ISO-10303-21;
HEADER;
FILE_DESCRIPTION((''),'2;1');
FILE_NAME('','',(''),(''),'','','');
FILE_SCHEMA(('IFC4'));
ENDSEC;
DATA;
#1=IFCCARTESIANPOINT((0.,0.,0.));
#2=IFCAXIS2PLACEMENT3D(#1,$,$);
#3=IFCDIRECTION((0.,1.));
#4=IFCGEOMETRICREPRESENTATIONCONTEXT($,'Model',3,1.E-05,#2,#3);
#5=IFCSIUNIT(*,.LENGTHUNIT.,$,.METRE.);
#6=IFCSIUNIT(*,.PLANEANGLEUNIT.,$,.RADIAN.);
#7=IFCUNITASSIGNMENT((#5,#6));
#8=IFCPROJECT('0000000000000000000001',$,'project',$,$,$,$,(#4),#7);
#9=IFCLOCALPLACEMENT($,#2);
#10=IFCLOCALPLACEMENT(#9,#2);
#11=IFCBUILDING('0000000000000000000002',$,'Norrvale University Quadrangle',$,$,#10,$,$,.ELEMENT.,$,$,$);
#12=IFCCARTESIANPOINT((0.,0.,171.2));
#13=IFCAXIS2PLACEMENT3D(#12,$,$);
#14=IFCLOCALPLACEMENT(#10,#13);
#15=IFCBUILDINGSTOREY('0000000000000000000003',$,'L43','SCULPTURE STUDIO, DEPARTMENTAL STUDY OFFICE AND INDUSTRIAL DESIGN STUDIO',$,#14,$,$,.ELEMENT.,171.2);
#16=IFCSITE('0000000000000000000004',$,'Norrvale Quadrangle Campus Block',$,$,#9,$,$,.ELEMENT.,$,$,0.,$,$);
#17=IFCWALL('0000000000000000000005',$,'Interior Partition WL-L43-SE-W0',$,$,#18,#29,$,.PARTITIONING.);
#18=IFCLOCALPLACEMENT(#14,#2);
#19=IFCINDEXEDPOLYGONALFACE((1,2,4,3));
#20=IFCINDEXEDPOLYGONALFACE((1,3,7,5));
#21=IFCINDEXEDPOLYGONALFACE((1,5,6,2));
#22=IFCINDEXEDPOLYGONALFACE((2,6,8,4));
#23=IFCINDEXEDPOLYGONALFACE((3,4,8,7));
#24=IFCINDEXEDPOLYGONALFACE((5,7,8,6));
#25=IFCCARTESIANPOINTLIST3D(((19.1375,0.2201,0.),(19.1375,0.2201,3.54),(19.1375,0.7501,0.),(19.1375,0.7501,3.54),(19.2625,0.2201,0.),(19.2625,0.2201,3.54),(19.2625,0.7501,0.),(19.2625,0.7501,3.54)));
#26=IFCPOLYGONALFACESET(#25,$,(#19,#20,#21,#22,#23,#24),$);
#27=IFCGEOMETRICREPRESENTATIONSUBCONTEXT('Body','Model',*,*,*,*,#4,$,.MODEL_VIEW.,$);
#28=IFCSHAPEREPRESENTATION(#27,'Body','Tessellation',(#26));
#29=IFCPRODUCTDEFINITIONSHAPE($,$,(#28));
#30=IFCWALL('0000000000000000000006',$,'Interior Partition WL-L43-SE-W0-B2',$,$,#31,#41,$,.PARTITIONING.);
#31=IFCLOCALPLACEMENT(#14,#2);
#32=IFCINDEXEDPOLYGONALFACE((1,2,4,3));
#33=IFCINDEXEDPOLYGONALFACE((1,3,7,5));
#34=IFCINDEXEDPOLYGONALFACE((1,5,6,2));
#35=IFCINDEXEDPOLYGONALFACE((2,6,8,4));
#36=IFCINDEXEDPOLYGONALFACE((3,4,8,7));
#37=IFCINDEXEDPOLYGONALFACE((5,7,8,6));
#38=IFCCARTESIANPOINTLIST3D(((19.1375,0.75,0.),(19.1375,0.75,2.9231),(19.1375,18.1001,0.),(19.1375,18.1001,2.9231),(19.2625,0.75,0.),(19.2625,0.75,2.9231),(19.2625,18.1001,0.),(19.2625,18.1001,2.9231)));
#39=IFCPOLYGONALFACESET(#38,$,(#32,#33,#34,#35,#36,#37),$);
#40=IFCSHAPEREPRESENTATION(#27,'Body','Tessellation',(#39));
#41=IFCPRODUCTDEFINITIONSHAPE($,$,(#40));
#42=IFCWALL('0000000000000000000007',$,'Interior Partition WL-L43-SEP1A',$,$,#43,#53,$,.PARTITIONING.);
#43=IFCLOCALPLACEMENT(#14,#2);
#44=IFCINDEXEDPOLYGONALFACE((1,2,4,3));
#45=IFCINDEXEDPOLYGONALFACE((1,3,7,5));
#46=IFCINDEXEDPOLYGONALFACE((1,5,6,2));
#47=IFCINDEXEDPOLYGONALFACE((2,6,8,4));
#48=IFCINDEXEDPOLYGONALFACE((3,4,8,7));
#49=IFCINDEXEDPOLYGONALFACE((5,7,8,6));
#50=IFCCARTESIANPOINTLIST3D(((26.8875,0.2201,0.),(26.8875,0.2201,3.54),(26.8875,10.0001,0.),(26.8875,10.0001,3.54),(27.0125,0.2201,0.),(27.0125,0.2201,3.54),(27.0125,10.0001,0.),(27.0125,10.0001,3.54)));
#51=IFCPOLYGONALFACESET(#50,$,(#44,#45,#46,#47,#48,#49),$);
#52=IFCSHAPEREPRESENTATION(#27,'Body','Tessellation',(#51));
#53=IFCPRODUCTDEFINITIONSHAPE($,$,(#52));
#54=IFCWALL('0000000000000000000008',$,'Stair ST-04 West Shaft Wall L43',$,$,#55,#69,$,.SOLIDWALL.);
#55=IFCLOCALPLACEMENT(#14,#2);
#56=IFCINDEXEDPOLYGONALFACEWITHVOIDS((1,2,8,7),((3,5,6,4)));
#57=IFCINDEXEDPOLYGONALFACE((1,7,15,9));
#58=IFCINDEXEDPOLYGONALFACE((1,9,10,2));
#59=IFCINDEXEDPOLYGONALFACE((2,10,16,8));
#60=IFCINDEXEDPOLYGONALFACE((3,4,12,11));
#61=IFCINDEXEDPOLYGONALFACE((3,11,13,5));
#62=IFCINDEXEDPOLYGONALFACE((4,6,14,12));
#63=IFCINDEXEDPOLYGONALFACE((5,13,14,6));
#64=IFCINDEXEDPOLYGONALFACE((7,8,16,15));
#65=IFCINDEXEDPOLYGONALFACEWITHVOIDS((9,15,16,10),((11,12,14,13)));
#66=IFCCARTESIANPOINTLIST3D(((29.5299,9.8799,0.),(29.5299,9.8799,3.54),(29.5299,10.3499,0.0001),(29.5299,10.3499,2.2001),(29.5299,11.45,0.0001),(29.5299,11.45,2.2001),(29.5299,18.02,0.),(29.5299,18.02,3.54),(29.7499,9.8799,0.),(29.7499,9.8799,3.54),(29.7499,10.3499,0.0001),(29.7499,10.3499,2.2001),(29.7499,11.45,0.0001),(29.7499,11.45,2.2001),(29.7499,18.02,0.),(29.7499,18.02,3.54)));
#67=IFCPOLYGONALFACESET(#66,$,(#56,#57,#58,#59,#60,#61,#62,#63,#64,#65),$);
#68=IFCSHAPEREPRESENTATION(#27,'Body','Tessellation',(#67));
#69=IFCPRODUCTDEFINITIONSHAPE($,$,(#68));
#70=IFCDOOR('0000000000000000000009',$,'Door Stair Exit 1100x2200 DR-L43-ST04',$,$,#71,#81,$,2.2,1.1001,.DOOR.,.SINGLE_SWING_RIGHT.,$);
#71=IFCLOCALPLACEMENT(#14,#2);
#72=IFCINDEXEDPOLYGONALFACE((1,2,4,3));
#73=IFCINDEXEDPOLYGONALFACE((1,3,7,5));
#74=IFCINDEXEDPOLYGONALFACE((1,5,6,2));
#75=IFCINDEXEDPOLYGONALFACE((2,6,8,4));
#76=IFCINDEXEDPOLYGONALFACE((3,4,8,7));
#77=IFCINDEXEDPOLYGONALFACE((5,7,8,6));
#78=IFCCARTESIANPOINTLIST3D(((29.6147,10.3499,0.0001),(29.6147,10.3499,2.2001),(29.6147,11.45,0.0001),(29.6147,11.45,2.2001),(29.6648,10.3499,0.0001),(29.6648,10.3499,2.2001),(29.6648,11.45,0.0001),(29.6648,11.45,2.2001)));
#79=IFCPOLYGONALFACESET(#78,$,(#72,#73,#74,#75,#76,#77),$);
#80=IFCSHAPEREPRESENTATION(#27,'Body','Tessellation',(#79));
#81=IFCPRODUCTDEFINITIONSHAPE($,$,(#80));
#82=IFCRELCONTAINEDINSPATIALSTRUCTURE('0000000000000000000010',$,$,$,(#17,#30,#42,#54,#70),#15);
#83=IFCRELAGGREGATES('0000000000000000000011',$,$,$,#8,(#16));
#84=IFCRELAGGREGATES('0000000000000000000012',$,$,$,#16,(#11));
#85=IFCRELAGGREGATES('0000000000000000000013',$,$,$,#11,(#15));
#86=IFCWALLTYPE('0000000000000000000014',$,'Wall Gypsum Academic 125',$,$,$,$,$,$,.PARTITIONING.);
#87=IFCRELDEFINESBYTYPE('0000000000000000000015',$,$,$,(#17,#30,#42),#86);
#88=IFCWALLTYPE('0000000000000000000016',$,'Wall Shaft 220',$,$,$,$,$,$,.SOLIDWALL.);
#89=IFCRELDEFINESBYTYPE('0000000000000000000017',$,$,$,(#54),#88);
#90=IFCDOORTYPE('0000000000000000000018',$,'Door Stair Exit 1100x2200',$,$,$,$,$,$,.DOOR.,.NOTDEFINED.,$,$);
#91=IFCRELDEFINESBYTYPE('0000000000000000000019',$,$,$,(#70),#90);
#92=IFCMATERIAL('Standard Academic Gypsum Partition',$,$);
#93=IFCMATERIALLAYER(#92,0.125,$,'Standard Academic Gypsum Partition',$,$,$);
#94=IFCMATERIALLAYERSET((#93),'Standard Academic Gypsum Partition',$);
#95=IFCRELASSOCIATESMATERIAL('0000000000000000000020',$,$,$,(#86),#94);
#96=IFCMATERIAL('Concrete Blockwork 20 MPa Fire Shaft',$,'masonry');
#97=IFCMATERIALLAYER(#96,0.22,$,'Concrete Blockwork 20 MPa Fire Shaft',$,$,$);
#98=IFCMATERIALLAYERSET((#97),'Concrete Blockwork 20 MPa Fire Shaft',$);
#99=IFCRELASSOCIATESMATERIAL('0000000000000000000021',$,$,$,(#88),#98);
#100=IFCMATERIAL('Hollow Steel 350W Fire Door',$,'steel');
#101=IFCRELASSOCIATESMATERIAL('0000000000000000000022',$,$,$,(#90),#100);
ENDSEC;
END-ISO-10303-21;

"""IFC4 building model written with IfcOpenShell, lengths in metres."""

from ifc_helpers import new_model, si_unit, direction, frame, frame_2d, origin, place, context, subcontext, project, spatial, rectangle, extrude, material, layer, layer_set, type_object, element, fill, save


model = new_model("IFC4")

# Units and contexts
model_context = context("Model", 3, precision=1e-05, world=origin(), true_north=direction((0.0, 1.0)))
body_context = subcontext(model_context, "Body", "Model", "MODEL_VIEW")
ifc_project = project(units=[si_unit("LENGTHUNIT", "METRE"), si_unit("PLANEANGLEUNIT", "RADIAN")], contexts=[model_context])

# Site, building, storey
site_placement = place(None, origin())
site = spatial("IfcSite", under=ifc_project, at=site_placement, Name="Norrvale Quadrangle Campus Block", CompositionType="ELEMENT", RefElevation=0.0)
building_placement = place(site_placement, origin())
building = spatial("IfcBuilding", under=site, at=building_placement, Name="Norrvale University Quadrangle", CompositionType="ELEMENT")
storey_placement = place(building_placement, frame((0.0, 0.0, 171.2)))
storey = spatial("IfcBuildingStorey", under=building, at=storey_placement, Name="L43", Description="SCULPTURE STUDIO, DEPARTMENTAL STUDY OFFICE AND INDUSTRIAL DESIGN STUDIO", CompositionType="ELEMENT", Elevation=171.2)

# Walls
ifc_material_1 = material(Name="Standard Academic Gypsum Partition")
ifc_layer_1 = layer(ifc_material_1, 0.125, Name="Standard Academic Gypsum Partition")
ifc_layer_set_1 = layer_set([ifc_layer_1], Name="Standard Academic Gypsum Partition")
wall_type_1 = type_object("IfcWallType", Name="Wall Gypsum Academic 125", PredefinedType="PARTITIONING", material=ifc_layer_set_1)
wall_1_placement = place(storey_placement, frame((19.2, 0.22, 0.0), z_axis=(0.0, 0.0, 1.0), x_axis=(0.0, 1.0, 0.0)))
element("IfcWall", 1, at=wall_1_placement, inside=storey, type_object=wall_type_1, Name="Interior Partition WL-L43-SE-W0", PredefinedType="PARTITIONING", context=body_context, shape_type="SweptSolid", body=[
    extrude(rectangle(XDim=0.53, YDim=0.125, at=frame_2d((0.2651, 0.0))), origin(), (0.0, 0.0, 1.0), 3.54),
])
wall_2_placement = place(storey_placement, frame((19.2, 0.75, 0.0), z_axis=(0.0, 0.0, 1.0), x_axis=(0.0, 1.0, 0.0)))
element("IfcWall", 2, at=wall_2_placement, inside=storey, type_object=wall_type_1, Name="Interior Partition WL-L43-SE-W0-B2", PredefinedType="PARTITIONING", context=body_context, shape_type="SweptSolid", body=[
    extrude(rectangle(XDim=17.3501, YDim=0.125, at=frame_2d((8.675, 0.0))), origin(), (0.0, 0.0, 1.0), 2.9231),
])
wall_3_placement = place(storey_placement, frame((26.95, 0.22, 0.0), z_axis=(0.0, 0.0, 1.0), x_axis=(0.0, 1.0, 0.0)))
element("IfcWall", 3, at=wall_3_placement, inside=storey, type_object=wall_type_1, Name="Interior Partition WL-L43-SEP1A", PredefinedType="PARTITIONING", context=body_context, shape_type="SweptSolid", body=[
    extrude(rectangle(XDim=9.78, YDim=0.125, at=frame_2d((4.8901, 0.0))), origin(), (0.0, 0.0, 1.0), 3.54),
])

# Wall, opening, door
ifc_material_2 = material(Name="Concrete Blockwork 20 MPa Fire Shaft", Category="masonry")
ifc_layer_2 = layer(ifc_material_2, 0.22, Name="Concrete Blockwork 20 MPa Fire Shaft")
ifc_layer_set_2 = layer_set([ifc_layer_2], Name="Concrete Blockwork 20 MPa Fire Shaft")
wall_type_2 = type_object("IfcWallType", Name="Wall Shaft 220", PredefinedType="SOLIDWALL", material=ifc_layer_set_2)
wall_4_placement = place(storey_placement, frame((29.6399, 9.8799, 0.0), z_axis=(0.0, 0.0, 1.0), x_axis=(0.0, 1.0, 0.0)))
wall_4 = element("IfcWall", 4, at=wall_4_placement, inside=storey, type_object=wall_type_2, Name="Stair ST-04 West Shaft Wall L43", PredefinedType="SOLIDWALL", context=body_context, shape_type="SweptSolid", body=[
    extrude(rectangle(XDim=8.1401, YDim=0.22, at=frame_2d((4.0701, 0.0))), origin(), (0.0, 0.0, 1.0), 3.54),
])
opening_placement = place(wall_4_placement, frame((0.47, 0.0, 0.0)))
opening = element("IfcOpeningElement", 5, at=opening_placement, cuts=wall_4, PredefinedType="OPENING", context=body_context, shape_type="SweptSolid", body=[
    extrude(rectangle(XDim=1.1001, YDim=2.2, at=frame_2d((0.55, 1.1001))), frame((0.0, 0.1221, 0.0), z_axis=(0.0, -1.0, 0.0), x_axis=(1.0, 0.0, 0.0)), (0.0, 0.0, 1.0), 0.2439),
])
ifc_material_3 = material(Name="Hollow Steel 350W Fire Door", Category="steel")
door_type = type_object("IfcDoorType", Name="Door Stair Exit 1100x2200", OperationType="NOTDEFINED", PredefinedType="DOOR", material=ifc_material_3)
door_placement = place(opening_placement, frame((1.1001, 0.0, 0.0), z_axis=(0.0, 0.0, 1.0), x_axis=(-1.0, 0.0, 0.0)))
door = element("IfcDoor", 6, at=door_placement, inside=storey, type_object=door_type, Name="Door Stair Exit 1100x2200 DR-L43-ST04", OperationType="SINGLE_SWING_RIGHT", OverallHeight=2.2, OverallWidth=1.1001, PredefinedType="DOOR", context=body_context, shape_type="SweptSolid", body=[
    extrude(rectangle(XDim=1.1001, YDim=2.2, at=frame_2d((0.55, 1.1001))), frame((0.0, 0.0249, 0.0), z_axis=(0.0, -1.0, 0.0), x_axis=(1.0, 0.0, 0.0)), (0.0, 0.0, 1.0), 0.05),
])
fill(opening, door)

save(model, "model.ifc")
